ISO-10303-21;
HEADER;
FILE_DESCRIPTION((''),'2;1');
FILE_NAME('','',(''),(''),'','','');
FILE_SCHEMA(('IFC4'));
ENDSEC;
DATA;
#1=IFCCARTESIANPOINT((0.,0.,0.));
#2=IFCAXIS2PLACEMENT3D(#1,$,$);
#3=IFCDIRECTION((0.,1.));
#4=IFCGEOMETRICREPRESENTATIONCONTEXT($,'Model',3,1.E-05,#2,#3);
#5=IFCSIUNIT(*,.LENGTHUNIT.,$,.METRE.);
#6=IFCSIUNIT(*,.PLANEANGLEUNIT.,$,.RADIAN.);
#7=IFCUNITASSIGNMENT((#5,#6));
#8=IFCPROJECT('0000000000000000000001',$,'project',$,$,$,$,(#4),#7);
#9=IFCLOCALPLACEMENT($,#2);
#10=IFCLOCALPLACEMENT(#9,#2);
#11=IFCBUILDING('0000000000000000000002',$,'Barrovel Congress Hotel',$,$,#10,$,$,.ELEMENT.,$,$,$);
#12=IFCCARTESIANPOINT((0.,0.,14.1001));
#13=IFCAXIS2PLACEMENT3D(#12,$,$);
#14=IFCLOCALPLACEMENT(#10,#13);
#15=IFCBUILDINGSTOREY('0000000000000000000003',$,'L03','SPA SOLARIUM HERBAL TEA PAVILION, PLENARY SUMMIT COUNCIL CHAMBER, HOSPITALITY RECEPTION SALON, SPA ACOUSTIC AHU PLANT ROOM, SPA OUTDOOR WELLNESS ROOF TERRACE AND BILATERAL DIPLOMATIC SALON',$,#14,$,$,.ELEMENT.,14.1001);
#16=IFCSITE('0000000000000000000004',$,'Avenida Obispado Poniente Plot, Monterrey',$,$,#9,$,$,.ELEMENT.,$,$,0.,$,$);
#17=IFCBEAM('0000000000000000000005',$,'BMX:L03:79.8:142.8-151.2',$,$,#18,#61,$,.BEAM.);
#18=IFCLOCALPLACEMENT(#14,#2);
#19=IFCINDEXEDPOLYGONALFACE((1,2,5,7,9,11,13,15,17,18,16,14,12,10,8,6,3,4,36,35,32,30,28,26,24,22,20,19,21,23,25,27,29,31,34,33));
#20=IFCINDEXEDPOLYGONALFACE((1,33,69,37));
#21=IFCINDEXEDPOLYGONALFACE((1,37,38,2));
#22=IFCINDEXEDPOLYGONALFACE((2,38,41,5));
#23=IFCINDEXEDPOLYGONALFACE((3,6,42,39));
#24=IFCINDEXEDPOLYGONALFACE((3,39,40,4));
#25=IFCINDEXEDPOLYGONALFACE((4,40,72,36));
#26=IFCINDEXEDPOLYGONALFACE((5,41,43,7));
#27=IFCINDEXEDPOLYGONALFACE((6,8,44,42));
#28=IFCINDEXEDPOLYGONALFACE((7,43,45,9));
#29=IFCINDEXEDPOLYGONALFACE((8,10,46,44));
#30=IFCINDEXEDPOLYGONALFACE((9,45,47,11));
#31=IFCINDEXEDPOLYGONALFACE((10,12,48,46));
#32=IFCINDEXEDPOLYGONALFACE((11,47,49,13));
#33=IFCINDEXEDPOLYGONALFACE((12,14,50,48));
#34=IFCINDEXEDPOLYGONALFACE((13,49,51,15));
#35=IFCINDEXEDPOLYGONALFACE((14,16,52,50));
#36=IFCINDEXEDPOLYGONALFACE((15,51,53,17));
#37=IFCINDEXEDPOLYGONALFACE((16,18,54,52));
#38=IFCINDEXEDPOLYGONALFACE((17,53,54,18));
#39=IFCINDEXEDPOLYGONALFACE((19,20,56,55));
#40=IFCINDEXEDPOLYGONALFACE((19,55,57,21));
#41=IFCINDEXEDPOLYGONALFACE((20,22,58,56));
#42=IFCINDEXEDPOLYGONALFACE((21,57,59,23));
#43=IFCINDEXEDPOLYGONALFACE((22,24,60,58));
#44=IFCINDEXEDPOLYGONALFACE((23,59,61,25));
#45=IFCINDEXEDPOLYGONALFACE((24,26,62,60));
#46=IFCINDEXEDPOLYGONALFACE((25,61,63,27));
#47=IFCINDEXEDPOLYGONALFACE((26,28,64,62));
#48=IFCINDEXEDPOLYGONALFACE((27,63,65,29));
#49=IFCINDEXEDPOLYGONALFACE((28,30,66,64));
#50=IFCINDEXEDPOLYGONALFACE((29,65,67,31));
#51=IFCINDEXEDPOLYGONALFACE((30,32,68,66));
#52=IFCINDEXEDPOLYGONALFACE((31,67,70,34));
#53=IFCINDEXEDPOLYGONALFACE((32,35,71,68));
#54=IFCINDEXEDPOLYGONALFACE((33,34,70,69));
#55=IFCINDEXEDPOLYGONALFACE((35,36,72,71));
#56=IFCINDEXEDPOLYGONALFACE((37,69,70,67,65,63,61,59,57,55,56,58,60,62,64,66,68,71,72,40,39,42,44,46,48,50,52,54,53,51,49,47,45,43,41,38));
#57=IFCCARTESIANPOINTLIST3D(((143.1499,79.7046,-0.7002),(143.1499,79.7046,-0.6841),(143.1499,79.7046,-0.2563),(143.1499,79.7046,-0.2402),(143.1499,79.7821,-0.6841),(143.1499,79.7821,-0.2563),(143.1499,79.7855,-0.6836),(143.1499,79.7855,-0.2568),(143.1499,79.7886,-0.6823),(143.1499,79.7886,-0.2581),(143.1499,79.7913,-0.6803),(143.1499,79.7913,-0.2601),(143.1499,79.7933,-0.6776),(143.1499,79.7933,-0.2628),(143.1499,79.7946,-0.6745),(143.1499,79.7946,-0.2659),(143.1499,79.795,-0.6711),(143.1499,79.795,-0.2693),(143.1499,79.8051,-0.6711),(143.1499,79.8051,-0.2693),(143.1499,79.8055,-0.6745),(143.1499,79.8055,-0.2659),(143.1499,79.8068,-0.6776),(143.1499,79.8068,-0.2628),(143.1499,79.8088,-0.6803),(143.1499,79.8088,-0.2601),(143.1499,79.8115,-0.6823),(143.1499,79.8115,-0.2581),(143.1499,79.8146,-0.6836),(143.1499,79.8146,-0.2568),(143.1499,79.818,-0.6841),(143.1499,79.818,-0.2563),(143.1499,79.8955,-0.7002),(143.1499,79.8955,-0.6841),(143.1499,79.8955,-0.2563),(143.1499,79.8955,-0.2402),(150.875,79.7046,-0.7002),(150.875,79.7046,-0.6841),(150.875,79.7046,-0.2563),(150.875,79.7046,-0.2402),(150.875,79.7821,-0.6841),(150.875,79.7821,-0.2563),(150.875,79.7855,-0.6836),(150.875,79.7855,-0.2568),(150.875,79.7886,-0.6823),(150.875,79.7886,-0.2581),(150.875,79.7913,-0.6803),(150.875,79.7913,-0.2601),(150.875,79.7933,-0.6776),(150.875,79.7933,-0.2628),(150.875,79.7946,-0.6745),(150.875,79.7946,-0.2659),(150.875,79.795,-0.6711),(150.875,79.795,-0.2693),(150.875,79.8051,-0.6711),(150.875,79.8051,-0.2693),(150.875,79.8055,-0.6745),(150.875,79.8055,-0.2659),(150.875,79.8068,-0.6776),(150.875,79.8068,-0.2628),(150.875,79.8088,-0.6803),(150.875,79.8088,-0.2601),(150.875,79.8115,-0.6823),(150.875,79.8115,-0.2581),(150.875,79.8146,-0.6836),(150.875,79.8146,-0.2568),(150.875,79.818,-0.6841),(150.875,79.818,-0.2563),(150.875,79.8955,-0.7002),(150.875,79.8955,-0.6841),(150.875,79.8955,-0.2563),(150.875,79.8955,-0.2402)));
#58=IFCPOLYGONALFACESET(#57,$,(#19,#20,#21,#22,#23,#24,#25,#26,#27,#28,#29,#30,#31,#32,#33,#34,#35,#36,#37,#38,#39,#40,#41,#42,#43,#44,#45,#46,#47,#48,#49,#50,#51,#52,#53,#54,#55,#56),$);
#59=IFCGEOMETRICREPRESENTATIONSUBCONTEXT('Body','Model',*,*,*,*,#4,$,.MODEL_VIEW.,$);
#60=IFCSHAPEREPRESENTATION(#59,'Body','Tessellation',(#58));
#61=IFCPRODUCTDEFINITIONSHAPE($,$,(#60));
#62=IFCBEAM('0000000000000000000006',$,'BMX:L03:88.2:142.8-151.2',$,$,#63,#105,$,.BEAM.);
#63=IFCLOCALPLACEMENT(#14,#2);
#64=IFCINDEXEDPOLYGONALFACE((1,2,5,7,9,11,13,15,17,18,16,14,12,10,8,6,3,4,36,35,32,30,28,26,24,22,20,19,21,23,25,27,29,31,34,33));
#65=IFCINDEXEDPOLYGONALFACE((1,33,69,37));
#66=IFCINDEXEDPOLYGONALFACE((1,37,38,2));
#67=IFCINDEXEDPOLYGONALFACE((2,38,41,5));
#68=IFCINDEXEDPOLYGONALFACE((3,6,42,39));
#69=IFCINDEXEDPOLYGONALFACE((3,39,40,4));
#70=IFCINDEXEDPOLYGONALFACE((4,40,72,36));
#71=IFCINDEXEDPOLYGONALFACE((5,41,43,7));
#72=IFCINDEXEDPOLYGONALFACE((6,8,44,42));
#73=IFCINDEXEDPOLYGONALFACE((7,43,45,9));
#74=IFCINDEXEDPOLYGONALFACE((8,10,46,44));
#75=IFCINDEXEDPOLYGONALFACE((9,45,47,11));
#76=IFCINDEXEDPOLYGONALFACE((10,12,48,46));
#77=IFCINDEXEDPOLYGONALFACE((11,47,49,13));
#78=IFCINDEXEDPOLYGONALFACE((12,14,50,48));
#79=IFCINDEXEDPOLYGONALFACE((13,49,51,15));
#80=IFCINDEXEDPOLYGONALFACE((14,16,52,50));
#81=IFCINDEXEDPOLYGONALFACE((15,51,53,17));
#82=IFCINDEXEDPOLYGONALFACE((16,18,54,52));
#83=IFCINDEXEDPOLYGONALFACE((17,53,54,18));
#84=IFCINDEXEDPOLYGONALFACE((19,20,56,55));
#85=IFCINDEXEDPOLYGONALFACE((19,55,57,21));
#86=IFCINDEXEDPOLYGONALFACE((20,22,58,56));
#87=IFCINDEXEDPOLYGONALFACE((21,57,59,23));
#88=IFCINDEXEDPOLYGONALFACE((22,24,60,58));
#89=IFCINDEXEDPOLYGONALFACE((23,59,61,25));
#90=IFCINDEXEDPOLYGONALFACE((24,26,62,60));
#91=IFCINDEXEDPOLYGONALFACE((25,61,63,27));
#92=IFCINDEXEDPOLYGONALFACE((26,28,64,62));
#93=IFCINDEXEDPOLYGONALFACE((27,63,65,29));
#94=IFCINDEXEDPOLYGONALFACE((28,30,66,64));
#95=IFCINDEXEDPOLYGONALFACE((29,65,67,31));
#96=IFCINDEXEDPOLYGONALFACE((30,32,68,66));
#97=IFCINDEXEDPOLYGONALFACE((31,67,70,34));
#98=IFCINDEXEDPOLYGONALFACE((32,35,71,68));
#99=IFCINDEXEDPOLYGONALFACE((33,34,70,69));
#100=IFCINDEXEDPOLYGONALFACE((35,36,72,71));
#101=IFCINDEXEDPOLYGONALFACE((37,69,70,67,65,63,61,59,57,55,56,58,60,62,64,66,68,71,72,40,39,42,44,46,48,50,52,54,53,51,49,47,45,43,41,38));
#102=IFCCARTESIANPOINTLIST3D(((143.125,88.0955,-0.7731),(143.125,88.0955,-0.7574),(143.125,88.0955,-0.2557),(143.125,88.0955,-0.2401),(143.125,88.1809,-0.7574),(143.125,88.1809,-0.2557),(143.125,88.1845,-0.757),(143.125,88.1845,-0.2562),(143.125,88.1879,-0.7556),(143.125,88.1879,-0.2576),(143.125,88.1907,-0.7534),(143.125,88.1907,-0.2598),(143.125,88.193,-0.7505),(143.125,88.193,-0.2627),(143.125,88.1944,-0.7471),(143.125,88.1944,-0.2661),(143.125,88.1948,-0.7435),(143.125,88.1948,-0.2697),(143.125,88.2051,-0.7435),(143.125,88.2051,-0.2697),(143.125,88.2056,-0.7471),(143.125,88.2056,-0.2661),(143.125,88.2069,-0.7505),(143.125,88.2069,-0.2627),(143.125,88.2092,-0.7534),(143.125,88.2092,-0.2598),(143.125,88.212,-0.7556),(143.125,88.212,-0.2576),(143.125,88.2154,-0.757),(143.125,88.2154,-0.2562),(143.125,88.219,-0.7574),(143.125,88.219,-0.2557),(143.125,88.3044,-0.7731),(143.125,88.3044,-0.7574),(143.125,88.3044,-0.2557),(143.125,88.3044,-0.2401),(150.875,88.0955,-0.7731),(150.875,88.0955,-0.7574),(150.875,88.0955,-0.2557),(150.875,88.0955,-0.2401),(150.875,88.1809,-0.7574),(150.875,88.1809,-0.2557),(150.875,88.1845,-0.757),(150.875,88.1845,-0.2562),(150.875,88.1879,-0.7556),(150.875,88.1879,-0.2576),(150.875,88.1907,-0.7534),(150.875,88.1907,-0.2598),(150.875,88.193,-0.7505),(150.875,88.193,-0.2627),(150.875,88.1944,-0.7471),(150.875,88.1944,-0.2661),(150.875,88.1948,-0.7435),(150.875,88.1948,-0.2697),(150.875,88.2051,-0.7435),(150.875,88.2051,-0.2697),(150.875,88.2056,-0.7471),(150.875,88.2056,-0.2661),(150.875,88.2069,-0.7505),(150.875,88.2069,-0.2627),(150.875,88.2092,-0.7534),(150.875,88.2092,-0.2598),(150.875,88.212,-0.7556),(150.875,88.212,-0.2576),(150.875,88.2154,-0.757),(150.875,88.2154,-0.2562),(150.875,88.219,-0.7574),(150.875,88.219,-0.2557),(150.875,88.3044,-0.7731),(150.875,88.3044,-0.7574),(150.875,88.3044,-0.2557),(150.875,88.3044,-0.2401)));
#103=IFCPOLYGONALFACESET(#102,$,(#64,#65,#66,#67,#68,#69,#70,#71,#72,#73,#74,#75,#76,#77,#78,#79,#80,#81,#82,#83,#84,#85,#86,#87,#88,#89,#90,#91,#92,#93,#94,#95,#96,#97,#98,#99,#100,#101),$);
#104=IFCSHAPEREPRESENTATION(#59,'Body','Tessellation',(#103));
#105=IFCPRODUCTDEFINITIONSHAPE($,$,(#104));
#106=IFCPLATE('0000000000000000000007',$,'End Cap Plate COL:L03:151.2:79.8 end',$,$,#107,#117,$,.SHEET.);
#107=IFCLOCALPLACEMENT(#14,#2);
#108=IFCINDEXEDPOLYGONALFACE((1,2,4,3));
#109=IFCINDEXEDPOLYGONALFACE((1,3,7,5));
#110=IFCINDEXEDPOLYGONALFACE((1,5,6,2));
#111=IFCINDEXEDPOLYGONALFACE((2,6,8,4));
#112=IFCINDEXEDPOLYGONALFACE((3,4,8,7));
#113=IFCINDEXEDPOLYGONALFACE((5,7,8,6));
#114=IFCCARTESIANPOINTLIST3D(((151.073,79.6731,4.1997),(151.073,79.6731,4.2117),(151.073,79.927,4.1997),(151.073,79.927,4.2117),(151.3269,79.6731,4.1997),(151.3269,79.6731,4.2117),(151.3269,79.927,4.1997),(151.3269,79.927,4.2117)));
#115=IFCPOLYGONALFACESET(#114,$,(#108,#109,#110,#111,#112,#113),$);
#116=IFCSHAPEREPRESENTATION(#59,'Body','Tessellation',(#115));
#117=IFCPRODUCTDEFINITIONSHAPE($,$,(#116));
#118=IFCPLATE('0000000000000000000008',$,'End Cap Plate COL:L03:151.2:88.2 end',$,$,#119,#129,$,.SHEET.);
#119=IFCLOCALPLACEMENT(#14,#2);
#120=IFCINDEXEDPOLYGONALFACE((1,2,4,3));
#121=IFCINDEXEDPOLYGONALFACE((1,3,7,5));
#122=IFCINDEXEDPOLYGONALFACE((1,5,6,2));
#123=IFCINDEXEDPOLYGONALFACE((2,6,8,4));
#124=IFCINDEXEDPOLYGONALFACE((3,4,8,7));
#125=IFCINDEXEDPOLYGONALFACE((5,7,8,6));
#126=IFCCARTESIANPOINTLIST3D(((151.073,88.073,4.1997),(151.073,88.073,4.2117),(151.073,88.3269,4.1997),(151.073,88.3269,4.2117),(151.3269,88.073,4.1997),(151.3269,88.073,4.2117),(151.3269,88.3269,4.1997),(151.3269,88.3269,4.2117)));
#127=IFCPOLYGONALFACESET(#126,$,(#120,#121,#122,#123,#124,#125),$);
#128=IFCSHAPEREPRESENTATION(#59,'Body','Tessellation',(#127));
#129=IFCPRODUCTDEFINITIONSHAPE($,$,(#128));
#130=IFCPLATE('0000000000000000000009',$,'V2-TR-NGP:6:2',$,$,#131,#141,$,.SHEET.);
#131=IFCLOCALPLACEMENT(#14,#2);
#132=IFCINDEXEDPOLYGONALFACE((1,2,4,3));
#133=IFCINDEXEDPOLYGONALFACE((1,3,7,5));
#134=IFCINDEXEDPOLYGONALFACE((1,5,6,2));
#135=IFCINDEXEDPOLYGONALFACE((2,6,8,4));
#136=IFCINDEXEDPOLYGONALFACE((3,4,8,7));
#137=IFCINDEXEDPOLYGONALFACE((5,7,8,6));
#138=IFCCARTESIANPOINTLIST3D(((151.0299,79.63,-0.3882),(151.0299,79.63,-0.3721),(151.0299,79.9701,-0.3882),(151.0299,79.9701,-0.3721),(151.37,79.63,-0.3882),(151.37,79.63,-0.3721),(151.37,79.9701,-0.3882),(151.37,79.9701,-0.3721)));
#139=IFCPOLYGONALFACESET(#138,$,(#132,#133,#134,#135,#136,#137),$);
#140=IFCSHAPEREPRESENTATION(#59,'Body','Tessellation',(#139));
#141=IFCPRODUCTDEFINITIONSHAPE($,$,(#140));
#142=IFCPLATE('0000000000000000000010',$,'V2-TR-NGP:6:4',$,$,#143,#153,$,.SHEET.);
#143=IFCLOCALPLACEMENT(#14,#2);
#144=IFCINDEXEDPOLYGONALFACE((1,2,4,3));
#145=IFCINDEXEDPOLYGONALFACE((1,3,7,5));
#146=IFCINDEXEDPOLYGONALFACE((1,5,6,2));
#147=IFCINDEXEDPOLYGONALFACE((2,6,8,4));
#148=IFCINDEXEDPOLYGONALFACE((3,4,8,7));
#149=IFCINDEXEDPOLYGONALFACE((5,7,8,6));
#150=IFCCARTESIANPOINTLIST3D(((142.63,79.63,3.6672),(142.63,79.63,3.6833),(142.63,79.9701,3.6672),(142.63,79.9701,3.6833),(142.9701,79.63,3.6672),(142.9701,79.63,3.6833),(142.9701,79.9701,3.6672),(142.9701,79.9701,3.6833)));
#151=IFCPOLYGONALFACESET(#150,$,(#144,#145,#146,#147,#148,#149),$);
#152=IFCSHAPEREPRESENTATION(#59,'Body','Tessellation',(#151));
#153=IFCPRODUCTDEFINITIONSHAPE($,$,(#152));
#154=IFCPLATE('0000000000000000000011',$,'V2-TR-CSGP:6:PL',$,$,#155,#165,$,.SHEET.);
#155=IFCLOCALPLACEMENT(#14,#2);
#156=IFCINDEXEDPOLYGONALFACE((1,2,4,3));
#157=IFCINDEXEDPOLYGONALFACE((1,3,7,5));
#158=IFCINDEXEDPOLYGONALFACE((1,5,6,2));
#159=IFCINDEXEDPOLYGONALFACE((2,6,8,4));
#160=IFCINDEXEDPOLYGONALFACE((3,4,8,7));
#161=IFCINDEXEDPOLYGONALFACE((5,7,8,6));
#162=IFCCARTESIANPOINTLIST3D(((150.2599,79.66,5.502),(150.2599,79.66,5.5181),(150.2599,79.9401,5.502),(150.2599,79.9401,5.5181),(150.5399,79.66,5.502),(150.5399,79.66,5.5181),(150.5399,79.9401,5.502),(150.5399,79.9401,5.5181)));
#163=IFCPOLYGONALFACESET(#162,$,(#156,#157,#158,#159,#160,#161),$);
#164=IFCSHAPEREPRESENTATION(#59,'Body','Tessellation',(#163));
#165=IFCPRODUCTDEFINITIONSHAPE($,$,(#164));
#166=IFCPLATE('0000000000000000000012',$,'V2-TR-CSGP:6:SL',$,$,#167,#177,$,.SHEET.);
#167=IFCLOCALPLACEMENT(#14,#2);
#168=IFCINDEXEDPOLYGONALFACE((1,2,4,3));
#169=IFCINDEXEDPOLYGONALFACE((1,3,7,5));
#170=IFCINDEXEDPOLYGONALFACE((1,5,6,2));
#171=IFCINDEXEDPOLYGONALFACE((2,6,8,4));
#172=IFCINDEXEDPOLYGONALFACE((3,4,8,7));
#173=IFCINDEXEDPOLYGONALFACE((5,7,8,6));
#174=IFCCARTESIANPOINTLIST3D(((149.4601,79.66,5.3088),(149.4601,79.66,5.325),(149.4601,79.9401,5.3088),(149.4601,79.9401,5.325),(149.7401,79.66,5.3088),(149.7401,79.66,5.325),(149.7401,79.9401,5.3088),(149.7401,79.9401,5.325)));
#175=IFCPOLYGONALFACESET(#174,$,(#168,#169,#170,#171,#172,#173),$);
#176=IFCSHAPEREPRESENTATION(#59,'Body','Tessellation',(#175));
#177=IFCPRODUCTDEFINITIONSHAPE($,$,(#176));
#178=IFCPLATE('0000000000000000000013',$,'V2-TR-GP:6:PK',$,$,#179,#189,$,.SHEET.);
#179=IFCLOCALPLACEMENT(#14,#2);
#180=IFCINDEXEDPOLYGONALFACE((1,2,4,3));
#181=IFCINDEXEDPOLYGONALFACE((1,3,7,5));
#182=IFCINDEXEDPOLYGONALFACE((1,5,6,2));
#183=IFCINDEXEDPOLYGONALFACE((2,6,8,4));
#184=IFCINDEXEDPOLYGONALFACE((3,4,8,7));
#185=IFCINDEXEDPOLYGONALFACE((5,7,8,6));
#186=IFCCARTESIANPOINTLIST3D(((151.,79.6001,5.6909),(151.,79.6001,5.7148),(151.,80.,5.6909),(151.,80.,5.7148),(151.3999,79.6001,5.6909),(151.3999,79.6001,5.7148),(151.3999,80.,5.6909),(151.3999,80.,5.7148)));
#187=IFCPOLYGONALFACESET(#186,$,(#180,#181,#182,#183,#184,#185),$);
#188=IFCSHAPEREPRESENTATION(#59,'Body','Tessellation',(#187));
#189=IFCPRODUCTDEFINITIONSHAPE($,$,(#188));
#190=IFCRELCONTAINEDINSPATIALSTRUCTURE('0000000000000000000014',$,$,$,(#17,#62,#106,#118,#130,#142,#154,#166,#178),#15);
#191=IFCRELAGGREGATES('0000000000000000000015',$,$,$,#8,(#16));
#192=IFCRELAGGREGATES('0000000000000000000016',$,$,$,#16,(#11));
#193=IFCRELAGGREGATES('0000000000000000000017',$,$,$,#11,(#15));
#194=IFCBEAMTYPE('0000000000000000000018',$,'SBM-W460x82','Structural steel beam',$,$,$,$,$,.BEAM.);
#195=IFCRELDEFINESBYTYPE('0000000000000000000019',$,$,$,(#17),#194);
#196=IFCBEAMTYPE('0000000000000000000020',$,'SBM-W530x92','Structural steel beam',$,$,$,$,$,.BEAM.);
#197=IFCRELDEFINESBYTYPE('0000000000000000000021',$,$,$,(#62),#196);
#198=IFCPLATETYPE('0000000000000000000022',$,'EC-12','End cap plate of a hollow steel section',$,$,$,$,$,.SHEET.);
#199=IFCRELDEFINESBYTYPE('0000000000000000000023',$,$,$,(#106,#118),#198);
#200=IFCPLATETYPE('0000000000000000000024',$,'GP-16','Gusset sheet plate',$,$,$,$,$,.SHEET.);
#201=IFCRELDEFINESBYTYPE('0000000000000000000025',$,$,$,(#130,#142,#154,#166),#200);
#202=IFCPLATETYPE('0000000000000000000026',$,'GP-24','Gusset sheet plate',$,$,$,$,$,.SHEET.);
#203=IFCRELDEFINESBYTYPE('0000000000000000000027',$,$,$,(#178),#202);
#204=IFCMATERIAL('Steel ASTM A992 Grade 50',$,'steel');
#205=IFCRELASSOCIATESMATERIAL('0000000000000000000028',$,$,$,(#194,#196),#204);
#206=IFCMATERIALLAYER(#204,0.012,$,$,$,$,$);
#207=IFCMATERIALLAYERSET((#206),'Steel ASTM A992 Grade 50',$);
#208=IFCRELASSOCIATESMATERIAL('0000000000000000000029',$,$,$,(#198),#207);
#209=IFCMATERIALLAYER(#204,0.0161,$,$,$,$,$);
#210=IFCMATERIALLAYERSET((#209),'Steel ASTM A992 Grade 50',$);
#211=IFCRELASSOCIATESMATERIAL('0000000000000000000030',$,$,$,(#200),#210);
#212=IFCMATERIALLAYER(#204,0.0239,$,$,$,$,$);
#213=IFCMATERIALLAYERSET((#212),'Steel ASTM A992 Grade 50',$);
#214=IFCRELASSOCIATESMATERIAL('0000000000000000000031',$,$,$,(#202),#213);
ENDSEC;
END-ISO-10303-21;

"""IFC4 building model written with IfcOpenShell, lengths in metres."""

from ifc_helpers import new_model, si_unit, direction, frame, origin, origin_2d, place, context, subcontext, project, spatial, rectangle, i_section, extrude, material, layer, layer_set, material_profile, profile_set, type_object, element, save


model = new_model("IFC4")

# Units and contexts
model_context = context("Model", 3, precision=1e-05, world=origin(), true_north=direction((0.0, 1.0)))
body_context = subcontext(model_context, "Body", "Model", "MODEL_VIEW")
ifc_project = project(units=[si_unit("LENGTHUNIT", "METRE"), si_unit("PLANEANGLEUNIT", "RADIAN")], contexts=[model_context])

# Site, building, storey
site_placement = place(None, origin())
site = spatial("IfcSite", under=ifc_project, at=site_placement, Name="Avenida Obispado Poniente Plot, Monterrey", CompositionType="ELEMENT", RefElevation=0.0)
building_placement = place(site_placement, origin())
building = spatial("IfcBuilding", under=site, at=building_placement, Name="Barrovel Congress Hotel", CompositionType="ELEMENT")
storey_placement = place(building_placement, frame((0.0, 0.0, 14.1001)))
storey = spatial("IfcBuildingStorey", under=building, at=storey_placement, Name="L03", Description="SPA SOLARIUM HERBAL TEA PAVILION, PLENARY SUMMIT COUNCIL CHAMBER, HOSPITALITY RECEPTION SALON, SPA ACOUSTIC AHU PLANT ROOM, SPA OUTDOOR WELLNESS ROOF TERRACE AND BILATERAL DIPLOMATIC SALON", CompositionType="ELEMENT", Elevation=14.1001)

# Shared definitions
ifc_material_1 = material(Name="Steel ASTM A992 Grade 50", Category="steel")

# Beams
ifc_material_profile_1 = material_profile(ifc_material_1, i_section(OverallWidth=0.1909, OverallDepth=0.46, WebThickness=0.01, FlangeThickness=0.0161, FilletRadius=0.0129, at=origin_2d()), Name="W460x82")
ifc_profile_set_1 = profile_set([ifc_material_profile_1], Name="Steel ASTM A992 Grade 50")
beam_type_1 = type_object("IfcBeamType", Name="SBM-W460x82", Description="Structural steel beam", PredefinedType="BEAM", material=ifc_profile_set_1)
beam_1_placement = place(storey_placement, frame((143.1499, 79.8, -0.4702), z_axis=(1.0, 0.0, 0.0), x_axis=(0.0, 1.0, 0.0)))
element("IfcBeam", 1, at=beam_1_placement, inside=storey, type_object=beam_type_1, Name="BMX:L03:79.8:142.8-151.2", PredefinedType="BEAM", context=body_context, shape_type="SweptSolid", body=[
    extrude(i_section(OverallWidth=0.1909, OverallDepth=0.46, WebThickness=0.01, FlangeThickness=0.0161, FilletRadius=0.0129, at=origin_2d()), origin(), (0.0, 0.0, 1.0), 7.7251),
])
ifc_material_profile_2 = material_profile(ifc_material_1, i_section(OverallWidth=0.209, OverallDepth=0.533, WebThickness=0.0103, FlangeThickness=0.0156, FilletRadius=0.0139, at=origin_2d()), Name="W530x92")
ifc_profile_set_2 = profile_set([ifc_material_profile_2], Name="Steel ASTM A992 Grade 50")
beam_type_2 = type_object("IfcBeamType", Name="SBM-W530x92", Description="Structural steel beam", PredefinedType="BEAM", material=ifc_profile_set_2)
beam_2_placement = place(storey_placement, frame((143.125, 88.2, -0.5066), z_axis=(1.0, 0.0, 0.0), x_axis=(0.0, 1.0, 0.0)))
element("IfcBeam", 2, at=beam_2_placement, inside=storey, type_object=beam_type_2, Name="BMX:L03:88.2:142.8-151.2", PredefinedType="BEAM", context=body_context, shape_type="SweptSolid", body=[
    extrude(i_section(OverallWidth=0.209, OverallDepth=0.533, WebThickness=0.0103, FlangeThickness=0.0156, FilletRadius=0.0139, at=origin_2d()), origin(), (0.0, 0.0, 1.0), 7.75),
])

# Plates
ifc_layer_1 = layer(ifc_material_1, 0.012)
ifc_layer_set_1 = layer_set([ifc_layer_1], Name="Steel ASTM A992 Grade 50")
plate_type_1 = type_object("IfcPlateType", Name="EC-12", Description="End cap plate of a hollow steel section", PredefinedType="SHEET", material=ifc_layer_set_1)
for number, where, z_axis, x_axis, name in (
    (3, (151.2, 79.8, 4.1997), (0.0, 0.0, 1.0), (1.0, 0.0, 0.0), "End Cap Plate COL:L03:151.2:79.8 end"),
    (4, (151.2, 88.2, 4.1997), (0.0, 0.0, 1.0), (1.0, 0.0, 0.0), "End Cap Plate COL:L03:151.2:88.2 end"),
):
    element("IfcPlate", number, at=place(storey_placement, frame(where, z_axis=z_axis, x_axis=x_axis)), inside=storey, type_object=plate_type_1, Name=name, PredefinedType="SHEET", context=body_context, shape_type="SweptSolid", body=[
        extrude(rectangle(XDim=0.2539, YDim=0.2539, at=origin_2d()), origin(), (0.0, 0.0, 1.0), 0.012),
    ])
ifc_layer_2 = layer(ifc_material_1, 0.0161)
ifc_layer_set_2 = layer_set([ifc_layer_2], Name="Steel ASTM A992 Grade 50")
plate_type_2 = type_object("IfcPlateType", Name="GP-16", Description="Gusset sheet plate", PredefinedType="SHEET", material=ifc_layer_set_2)
for number, where, z_axis, x_axis, name in (
    (5, (151.2, 79.8, -0.3882), (0.0, 0.0, 1.0), (1.0, 0.0, 0.0), "V2-TR-NGP:6:2"),
    (6, (142.8, 79.8, 3.6672), (0.0, 0.0, 1.0), (1.0, 0.0, 0.0), "V2-TR-NGP:6:4"),
):
    element("IfcPlate", number, at=place(storey_placement, frame(where, z_axis=z_axis, x_axis=x_axis)), inside=storey, type_object=plate_type_2, Name=name, PredefinedType="SHEET", context=body_context, shape_type="SweptSolid", body=[
        extrude(rectangle(XDim=0.3401, YDim=0.3401, at=origin_2d()), origin(), (0.0, 0.0, 1.0), 0.0161),
    ])
for number, where, z_axis, x_axis, name in (
    (7, (150.3999, 79.8, 5.502), (0.0, 0.0, 1.0), (1.0, 0.0, 0.0), "V2-TR-CSGP:6:PL"),
    (8, (149.6001, 79.8, 5.3088), (0.0, 0.0, 1.0), (1.0, 0.0, 0.0), "V2-TR-CSGP:6:SL"),
):
    element("IfcPlate", number, at=place(storey_placement, frame(where, z_axis=z_axis, x_axis=x_axis)), inside=storey, type_object=plate_type_2, Name=name, PredefinedType="SHEET", context=body_context, shape_type="SweptSolid", body=[
        extrude(rectangle(XDim=0.28, YDim=0.28, at=origin_2d()), origin(), (0.0, 0.0, 1.0), 0.0161),
    ])
ifc_layer_3 = layer(ifc_material_1, 0.0239)
ifc_layer_set_3 = layer_set([ifc_layer_3], Name="Steel ASTM A992 Grade 50")
plate_type_3 = type_object("IfcPlateType", Name="GP-24", Description="Gusset sheet plate", PredefinedType="SHEET", material=ifc_layer_set_3)
plate_placement = place(storey_placement, frame((151.2, 79.8, 5.6909), z_axis=(0.0, 0.0, 1.0), x_axis=(1.0, 0.0, 0.0)))
element("IfcPlate", 9, at=plate_placement, inside=storey, type_object=plate_type_3, Name="V2-TR-GP:6:PK", PredefinedType="SHEET", context=body_context, shape_type="SweptSolid", body=[
    extrude(rectangle(XDim=0.3999, YDim=0.3999, at=origin_2d()), origin(), (0.0, 0.0, 1.0), 0.0239),
])

save(model, "model.ifc")
